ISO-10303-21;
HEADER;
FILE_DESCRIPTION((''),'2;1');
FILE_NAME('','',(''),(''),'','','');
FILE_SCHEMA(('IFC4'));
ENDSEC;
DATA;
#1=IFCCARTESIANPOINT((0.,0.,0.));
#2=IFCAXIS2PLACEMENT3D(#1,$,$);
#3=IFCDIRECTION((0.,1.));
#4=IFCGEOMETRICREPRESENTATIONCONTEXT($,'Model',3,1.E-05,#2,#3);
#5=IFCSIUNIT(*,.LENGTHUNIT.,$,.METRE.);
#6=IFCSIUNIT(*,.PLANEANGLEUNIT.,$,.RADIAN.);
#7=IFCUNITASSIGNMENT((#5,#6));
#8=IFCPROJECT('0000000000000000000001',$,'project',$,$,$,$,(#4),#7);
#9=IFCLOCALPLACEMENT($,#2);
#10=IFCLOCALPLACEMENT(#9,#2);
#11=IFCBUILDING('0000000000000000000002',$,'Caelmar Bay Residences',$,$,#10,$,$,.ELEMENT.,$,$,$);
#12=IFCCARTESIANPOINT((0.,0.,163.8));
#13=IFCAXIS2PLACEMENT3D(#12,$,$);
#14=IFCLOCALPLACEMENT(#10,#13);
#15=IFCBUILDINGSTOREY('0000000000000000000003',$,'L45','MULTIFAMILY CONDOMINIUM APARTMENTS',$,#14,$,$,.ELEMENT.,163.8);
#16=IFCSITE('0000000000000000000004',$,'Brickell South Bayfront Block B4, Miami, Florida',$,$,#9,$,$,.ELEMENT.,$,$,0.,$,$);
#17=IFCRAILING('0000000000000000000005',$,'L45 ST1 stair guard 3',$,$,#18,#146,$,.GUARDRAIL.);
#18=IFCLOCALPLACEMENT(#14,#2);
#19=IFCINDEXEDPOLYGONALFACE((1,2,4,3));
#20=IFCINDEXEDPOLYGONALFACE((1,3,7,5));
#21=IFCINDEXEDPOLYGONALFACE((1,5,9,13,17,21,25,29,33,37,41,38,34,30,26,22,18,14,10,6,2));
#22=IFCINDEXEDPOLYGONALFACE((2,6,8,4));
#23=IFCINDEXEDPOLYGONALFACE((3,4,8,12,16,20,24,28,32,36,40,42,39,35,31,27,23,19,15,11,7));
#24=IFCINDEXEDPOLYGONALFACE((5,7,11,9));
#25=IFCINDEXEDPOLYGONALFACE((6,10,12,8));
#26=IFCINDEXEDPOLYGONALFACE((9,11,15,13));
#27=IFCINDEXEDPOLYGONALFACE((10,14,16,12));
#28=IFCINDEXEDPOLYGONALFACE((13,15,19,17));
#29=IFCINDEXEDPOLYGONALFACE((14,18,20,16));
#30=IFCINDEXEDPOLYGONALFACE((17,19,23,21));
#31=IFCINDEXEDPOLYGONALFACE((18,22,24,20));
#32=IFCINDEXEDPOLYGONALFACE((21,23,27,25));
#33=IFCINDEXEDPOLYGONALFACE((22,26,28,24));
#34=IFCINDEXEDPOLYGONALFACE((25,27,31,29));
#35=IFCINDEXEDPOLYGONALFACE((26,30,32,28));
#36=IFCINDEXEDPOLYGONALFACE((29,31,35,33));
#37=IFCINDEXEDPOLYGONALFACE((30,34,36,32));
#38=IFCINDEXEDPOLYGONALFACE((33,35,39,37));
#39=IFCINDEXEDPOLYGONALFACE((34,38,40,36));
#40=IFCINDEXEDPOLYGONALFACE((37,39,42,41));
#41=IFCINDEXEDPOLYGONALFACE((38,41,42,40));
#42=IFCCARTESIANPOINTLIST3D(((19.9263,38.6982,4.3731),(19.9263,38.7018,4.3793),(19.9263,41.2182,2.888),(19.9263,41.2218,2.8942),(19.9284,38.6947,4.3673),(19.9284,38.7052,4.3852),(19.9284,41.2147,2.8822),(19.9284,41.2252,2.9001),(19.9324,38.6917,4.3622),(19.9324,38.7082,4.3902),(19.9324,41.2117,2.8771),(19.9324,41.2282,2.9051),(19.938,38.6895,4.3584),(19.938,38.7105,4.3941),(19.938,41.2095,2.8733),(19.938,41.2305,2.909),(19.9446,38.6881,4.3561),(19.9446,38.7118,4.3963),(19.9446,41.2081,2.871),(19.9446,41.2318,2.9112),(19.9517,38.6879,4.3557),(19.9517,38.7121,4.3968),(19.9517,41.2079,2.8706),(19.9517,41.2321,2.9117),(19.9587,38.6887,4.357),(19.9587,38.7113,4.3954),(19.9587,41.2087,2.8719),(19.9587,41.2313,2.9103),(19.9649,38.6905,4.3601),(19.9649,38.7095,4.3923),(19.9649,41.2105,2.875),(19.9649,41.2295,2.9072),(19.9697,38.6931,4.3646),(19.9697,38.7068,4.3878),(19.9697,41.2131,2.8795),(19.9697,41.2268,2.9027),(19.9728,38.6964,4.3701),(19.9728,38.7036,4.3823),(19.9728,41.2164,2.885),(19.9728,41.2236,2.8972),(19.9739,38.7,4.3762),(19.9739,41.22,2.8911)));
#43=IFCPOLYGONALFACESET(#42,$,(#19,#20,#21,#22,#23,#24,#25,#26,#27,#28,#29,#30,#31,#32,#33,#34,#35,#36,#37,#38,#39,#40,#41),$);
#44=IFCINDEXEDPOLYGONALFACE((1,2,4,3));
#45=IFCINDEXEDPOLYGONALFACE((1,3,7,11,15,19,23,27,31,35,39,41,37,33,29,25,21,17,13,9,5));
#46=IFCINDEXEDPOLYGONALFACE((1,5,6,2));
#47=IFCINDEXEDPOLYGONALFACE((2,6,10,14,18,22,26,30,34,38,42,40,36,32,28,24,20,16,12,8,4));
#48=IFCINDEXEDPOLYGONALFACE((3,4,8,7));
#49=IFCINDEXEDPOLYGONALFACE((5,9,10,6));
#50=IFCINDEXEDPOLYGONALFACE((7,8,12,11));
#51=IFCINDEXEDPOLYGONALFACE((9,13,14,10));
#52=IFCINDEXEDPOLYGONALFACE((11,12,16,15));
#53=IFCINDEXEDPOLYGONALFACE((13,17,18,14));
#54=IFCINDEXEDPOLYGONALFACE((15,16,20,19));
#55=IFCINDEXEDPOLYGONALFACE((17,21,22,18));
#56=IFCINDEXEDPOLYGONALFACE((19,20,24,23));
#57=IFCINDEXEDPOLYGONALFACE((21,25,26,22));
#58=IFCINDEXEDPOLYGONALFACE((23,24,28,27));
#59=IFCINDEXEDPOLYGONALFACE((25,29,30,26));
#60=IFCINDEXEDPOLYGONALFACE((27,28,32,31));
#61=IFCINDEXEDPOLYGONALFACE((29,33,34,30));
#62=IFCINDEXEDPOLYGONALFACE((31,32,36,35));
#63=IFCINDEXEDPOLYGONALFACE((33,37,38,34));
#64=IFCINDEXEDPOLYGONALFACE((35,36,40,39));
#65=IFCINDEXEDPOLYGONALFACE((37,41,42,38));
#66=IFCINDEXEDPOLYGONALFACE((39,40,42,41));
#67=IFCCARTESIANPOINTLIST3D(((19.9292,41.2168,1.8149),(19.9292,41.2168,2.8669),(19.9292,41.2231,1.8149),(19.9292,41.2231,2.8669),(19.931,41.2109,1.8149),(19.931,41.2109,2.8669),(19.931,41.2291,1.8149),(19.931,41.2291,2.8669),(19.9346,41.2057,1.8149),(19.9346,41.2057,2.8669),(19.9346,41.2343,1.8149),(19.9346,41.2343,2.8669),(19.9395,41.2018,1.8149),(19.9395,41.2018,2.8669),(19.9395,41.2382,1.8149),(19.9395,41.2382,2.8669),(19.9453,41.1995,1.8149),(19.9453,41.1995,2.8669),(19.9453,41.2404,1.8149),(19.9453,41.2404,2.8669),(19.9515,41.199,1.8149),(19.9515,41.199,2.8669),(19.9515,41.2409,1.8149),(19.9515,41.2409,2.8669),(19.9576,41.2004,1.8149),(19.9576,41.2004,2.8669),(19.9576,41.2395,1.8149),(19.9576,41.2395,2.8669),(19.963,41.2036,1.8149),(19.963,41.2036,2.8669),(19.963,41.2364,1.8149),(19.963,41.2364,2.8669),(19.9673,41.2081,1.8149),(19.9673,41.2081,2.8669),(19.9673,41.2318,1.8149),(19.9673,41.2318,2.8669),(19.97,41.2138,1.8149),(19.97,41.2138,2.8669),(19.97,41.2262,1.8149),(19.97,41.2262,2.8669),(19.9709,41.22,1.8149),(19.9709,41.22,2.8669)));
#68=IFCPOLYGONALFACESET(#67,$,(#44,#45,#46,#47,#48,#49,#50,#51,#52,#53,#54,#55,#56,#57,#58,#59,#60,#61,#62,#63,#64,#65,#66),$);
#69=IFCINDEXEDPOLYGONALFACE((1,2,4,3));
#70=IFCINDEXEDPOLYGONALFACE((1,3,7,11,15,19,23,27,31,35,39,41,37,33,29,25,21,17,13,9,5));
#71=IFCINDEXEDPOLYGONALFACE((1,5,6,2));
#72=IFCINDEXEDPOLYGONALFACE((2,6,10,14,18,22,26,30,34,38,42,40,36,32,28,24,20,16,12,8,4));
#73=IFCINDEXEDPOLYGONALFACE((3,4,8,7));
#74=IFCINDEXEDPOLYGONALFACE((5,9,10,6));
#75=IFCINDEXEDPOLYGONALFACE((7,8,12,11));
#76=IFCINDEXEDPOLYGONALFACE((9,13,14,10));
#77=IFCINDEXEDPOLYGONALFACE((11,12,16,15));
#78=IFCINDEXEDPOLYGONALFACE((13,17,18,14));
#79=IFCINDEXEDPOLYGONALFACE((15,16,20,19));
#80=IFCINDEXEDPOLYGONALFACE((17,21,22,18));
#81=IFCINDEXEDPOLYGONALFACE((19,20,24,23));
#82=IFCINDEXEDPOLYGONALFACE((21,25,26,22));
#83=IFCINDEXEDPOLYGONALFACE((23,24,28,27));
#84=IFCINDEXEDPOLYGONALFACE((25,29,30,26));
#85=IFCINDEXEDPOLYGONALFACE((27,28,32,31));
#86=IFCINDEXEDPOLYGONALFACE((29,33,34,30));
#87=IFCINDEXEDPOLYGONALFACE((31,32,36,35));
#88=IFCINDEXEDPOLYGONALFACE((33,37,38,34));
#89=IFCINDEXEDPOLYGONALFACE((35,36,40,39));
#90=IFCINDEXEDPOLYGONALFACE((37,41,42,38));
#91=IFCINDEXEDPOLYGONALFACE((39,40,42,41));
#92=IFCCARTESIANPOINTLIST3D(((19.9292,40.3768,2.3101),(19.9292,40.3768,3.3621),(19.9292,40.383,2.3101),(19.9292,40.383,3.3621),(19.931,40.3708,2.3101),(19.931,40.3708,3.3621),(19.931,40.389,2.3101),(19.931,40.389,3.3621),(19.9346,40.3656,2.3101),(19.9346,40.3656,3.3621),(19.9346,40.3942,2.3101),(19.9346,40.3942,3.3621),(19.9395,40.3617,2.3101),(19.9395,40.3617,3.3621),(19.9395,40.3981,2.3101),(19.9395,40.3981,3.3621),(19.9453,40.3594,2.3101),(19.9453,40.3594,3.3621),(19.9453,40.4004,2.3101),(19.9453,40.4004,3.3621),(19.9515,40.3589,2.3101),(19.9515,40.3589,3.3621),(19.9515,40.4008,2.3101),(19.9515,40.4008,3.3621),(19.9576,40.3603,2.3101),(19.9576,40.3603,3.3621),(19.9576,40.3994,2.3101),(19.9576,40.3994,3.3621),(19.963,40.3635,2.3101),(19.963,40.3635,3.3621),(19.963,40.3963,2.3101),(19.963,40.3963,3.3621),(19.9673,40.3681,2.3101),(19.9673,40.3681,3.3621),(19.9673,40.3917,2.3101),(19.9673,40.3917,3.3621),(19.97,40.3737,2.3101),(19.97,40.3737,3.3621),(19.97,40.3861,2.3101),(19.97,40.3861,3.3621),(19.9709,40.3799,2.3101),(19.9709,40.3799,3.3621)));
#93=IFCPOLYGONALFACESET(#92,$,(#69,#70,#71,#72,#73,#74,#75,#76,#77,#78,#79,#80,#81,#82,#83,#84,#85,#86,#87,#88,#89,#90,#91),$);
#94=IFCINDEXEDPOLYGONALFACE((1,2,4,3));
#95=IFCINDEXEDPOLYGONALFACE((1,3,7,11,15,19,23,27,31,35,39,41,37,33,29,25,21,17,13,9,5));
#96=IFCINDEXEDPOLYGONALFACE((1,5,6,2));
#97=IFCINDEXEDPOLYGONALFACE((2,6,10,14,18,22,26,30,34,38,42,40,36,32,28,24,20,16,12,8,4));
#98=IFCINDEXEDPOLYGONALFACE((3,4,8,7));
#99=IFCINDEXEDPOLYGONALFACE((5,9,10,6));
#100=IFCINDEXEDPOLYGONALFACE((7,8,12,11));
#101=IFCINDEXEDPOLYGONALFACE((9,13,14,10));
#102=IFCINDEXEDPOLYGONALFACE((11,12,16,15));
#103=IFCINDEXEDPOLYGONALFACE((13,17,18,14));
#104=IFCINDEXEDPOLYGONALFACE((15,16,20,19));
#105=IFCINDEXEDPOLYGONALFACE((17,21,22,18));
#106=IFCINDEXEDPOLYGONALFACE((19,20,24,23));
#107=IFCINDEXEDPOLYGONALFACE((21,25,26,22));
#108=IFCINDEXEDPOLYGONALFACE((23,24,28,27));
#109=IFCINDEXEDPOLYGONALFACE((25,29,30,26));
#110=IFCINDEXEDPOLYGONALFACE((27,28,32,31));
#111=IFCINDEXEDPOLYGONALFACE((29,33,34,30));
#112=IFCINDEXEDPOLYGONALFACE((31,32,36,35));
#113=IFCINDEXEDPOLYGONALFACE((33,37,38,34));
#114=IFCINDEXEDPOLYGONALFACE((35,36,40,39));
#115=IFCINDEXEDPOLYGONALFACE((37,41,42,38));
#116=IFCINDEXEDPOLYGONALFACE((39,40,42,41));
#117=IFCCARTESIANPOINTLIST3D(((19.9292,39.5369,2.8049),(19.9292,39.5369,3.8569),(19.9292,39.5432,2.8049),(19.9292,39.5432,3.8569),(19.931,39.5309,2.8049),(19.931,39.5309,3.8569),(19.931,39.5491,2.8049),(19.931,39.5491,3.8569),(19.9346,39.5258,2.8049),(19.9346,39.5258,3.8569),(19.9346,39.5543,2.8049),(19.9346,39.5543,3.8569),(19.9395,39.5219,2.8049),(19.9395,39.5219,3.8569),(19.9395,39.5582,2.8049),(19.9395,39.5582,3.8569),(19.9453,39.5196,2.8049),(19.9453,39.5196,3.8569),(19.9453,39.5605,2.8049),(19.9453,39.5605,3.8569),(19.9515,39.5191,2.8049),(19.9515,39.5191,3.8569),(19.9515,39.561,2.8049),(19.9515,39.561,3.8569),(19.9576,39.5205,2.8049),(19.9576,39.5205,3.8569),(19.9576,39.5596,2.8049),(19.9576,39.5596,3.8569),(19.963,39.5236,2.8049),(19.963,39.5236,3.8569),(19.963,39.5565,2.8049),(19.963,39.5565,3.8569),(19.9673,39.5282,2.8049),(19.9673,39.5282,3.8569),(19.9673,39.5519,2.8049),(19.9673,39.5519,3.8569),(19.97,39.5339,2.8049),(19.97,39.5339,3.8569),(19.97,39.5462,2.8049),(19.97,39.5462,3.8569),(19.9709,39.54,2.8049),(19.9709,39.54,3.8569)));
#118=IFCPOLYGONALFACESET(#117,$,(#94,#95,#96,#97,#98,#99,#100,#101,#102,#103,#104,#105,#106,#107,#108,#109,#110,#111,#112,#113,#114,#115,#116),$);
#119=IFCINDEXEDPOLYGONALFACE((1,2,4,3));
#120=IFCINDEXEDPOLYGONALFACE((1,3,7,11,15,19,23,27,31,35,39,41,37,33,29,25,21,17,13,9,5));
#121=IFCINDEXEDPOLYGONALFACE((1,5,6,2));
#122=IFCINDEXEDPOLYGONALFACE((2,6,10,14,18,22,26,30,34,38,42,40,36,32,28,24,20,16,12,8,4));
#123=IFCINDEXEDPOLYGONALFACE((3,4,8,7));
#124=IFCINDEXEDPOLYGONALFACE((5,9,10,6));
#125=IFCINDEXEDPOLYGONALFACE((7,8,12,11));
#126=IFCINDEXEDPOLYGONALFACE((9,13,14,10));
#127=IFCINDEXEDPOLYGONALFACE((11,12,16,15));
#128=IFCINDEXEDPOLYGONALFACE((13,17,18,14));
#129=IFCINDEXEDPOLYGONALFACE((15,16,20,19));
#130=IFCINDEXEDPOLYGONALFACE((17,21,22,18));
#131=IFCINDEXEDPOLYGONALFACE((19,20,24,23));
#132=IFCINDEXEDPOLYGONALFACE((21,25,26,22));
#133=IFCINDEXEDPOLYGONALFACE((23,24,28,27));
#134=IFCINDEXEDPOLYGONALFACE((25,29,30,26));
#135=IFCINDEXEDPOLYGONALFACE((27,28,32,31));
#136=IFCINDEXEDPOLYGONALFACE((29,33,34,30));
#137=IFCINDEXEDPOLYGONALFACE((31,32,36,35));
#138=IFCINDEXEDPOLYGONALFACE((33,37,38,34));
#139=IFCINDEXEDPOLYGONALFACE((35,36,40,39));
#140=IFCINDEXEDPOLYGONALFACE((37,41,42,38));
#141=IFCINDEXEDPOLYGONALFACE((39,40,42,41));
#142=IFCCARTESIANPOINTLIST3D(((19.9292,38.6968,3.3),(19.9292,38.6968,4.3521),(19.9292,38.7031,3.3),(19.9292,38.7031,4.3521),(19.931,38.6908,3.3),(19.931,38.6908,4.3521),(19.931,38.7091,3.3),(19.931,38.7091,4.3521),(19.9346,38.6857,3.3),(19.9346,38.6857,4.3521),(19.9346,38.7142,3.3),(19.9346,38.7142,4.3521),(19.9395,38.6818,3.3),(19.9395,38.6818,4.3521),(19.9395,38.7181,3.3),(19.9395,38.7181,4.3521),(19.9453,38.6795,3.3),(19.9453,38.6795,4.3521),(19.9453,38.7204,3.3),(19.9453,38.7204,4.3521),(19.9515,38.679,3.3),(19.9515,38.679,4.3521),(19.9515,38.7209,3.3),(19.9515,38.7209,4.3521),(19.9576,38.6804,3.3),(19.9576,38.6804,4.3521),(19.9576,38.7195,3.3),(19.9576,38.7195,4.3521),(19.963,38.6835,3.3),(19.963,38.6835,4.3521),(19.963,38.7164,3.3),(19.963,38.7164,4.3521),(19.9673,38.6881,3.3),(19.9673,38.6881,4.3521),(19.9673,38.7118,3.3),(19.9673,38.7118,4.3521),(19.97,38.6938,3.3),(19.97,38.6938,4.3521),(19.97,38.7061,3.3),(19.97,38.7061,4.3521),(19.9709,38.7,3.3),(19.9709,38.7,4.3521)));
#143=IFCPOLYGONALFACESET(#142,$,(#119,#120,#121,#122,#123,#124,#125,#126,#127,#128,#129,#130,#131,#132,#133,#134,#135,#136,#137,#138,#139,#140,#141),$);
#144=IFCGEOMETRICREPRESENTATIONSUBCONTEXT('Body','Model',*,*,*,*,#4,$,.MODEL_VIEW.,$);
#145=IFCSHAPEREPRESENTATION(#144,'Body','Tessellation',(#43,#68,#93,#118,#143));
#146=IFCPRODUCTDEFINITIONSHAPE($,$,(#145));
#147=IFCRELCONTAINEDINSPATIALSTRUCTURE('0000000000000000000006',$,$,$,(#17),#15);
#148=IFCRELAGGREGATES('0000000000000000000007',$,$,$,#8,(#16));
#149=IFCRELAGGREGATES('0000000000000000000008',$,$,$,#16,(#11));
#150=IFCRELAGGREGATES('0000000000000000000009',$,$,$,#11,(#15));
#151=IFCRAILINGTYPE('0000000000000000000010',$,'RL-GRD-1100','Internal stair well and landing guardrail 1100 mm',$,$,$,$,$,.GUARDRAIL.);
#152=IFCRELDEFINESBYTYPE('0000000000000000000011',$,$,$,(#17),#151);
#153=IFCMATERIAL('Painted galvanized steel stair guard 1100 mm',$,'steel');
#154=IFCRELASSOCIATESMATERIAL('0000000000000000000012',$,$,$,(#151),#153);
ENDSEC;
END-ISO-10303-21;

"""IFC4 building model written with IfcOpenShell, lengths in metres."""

from ifc_helpers import new_model, si_unit, direction, frame, origin, origin_2d, place, context, subcontext, project, spatial, circle, extrude, material, type_object, element, save


model = new_model("IFC4")

# Units and contexts
model_context = context("Model", 3, precision=1e-05, world=origin(), true_north=direction((0.0, 1.0)))
body_context = subcontext(model_context, "Body", "Model", "MODEL_VIEW")
ifc_project = project(units=[si_unit("LENGTHUNIT", "METRE"), si_unit("PLANEANGLEUNIT", "RADIAN")], contexts=[model_context])

# Site, building, storey
site_placement = place(None, origin())
site = spatial("IfcSite", under=ifc_project, at=site_placement, Name="Brickell South Bayfront Block B4, Miami, Florida", CompositionType="ELEMENT", RefElevation=0.0)
building_placement = place(site_placement, origin())
building = spatial("IfcBuilding", under=site, at=building_placement, Name="Caelmar Bay Residences", CompositionType="ELEMENT")
storey_placement = place(building_placement, frame((0.0, 0.0, 163.8)))
storey = spatial("IfcBuildingStorey", under=building, at=storey_placement, Name="L45", Description="MULTIFAMILY CONDOMINIUM APARTMENTS", CompositionType="ELEMENT", Elevation=163.8)

# Railing
ifc_material_1 = material(Name="Painted galvanized steel stair guard 1100 mm", Category="steel")
railing_type_1 = type_object("IfcRailingType", Name="RL-GRD-1100", Description="Internal stair well and landing guardrail 1100 mm", PredefinedType="GUARDRAIL", material=ifc_material_1)
railing_1_placement = place(storey_placement, frame((19.95, 41.22, 1.8149)))
element("IfcRailing", 1, at=railing_1_placement, inside=storey, type_object=railing_type_1, Name="L45 ST1 stair guard 3", PredefinedType="GUARDRAIL", context=body_context, shape_type="SweptSolid", body=[
    extrude(circle(Radius=0.0239, at=origin_2d()), frame((0.0, 0.0, 1.0762), z_axis=(0.0, -0.861524, 0.507717), x_axis=(1.0, 0.0, 0.0)), (0.0, 0.0, 1.0), 2.925),
    extrude(circle(Radius=0.021, at=origin_2d()), origin(), (0.0, 0.0, 1.0), 1.052),
    extrude(circle(Radius=0.021, at=origin_2d()), frame((0.0, -0.8401, 0.4951)), (0.0, 0.0, 1.0), 1.052),
    extrude(circle(Radius=0.021, at=origin_2d()), frame((0.0, -1.6799, 0.99)), (0.0, 0.0, 1.0), 1.052),
    extrude(circle(Radius=0.021, at=origin_2d()), frame((0.0, -2.52, 1.4851)), (0.0, 0.0, 1.0), 1.052),
])

save(model, "model.ifc")
